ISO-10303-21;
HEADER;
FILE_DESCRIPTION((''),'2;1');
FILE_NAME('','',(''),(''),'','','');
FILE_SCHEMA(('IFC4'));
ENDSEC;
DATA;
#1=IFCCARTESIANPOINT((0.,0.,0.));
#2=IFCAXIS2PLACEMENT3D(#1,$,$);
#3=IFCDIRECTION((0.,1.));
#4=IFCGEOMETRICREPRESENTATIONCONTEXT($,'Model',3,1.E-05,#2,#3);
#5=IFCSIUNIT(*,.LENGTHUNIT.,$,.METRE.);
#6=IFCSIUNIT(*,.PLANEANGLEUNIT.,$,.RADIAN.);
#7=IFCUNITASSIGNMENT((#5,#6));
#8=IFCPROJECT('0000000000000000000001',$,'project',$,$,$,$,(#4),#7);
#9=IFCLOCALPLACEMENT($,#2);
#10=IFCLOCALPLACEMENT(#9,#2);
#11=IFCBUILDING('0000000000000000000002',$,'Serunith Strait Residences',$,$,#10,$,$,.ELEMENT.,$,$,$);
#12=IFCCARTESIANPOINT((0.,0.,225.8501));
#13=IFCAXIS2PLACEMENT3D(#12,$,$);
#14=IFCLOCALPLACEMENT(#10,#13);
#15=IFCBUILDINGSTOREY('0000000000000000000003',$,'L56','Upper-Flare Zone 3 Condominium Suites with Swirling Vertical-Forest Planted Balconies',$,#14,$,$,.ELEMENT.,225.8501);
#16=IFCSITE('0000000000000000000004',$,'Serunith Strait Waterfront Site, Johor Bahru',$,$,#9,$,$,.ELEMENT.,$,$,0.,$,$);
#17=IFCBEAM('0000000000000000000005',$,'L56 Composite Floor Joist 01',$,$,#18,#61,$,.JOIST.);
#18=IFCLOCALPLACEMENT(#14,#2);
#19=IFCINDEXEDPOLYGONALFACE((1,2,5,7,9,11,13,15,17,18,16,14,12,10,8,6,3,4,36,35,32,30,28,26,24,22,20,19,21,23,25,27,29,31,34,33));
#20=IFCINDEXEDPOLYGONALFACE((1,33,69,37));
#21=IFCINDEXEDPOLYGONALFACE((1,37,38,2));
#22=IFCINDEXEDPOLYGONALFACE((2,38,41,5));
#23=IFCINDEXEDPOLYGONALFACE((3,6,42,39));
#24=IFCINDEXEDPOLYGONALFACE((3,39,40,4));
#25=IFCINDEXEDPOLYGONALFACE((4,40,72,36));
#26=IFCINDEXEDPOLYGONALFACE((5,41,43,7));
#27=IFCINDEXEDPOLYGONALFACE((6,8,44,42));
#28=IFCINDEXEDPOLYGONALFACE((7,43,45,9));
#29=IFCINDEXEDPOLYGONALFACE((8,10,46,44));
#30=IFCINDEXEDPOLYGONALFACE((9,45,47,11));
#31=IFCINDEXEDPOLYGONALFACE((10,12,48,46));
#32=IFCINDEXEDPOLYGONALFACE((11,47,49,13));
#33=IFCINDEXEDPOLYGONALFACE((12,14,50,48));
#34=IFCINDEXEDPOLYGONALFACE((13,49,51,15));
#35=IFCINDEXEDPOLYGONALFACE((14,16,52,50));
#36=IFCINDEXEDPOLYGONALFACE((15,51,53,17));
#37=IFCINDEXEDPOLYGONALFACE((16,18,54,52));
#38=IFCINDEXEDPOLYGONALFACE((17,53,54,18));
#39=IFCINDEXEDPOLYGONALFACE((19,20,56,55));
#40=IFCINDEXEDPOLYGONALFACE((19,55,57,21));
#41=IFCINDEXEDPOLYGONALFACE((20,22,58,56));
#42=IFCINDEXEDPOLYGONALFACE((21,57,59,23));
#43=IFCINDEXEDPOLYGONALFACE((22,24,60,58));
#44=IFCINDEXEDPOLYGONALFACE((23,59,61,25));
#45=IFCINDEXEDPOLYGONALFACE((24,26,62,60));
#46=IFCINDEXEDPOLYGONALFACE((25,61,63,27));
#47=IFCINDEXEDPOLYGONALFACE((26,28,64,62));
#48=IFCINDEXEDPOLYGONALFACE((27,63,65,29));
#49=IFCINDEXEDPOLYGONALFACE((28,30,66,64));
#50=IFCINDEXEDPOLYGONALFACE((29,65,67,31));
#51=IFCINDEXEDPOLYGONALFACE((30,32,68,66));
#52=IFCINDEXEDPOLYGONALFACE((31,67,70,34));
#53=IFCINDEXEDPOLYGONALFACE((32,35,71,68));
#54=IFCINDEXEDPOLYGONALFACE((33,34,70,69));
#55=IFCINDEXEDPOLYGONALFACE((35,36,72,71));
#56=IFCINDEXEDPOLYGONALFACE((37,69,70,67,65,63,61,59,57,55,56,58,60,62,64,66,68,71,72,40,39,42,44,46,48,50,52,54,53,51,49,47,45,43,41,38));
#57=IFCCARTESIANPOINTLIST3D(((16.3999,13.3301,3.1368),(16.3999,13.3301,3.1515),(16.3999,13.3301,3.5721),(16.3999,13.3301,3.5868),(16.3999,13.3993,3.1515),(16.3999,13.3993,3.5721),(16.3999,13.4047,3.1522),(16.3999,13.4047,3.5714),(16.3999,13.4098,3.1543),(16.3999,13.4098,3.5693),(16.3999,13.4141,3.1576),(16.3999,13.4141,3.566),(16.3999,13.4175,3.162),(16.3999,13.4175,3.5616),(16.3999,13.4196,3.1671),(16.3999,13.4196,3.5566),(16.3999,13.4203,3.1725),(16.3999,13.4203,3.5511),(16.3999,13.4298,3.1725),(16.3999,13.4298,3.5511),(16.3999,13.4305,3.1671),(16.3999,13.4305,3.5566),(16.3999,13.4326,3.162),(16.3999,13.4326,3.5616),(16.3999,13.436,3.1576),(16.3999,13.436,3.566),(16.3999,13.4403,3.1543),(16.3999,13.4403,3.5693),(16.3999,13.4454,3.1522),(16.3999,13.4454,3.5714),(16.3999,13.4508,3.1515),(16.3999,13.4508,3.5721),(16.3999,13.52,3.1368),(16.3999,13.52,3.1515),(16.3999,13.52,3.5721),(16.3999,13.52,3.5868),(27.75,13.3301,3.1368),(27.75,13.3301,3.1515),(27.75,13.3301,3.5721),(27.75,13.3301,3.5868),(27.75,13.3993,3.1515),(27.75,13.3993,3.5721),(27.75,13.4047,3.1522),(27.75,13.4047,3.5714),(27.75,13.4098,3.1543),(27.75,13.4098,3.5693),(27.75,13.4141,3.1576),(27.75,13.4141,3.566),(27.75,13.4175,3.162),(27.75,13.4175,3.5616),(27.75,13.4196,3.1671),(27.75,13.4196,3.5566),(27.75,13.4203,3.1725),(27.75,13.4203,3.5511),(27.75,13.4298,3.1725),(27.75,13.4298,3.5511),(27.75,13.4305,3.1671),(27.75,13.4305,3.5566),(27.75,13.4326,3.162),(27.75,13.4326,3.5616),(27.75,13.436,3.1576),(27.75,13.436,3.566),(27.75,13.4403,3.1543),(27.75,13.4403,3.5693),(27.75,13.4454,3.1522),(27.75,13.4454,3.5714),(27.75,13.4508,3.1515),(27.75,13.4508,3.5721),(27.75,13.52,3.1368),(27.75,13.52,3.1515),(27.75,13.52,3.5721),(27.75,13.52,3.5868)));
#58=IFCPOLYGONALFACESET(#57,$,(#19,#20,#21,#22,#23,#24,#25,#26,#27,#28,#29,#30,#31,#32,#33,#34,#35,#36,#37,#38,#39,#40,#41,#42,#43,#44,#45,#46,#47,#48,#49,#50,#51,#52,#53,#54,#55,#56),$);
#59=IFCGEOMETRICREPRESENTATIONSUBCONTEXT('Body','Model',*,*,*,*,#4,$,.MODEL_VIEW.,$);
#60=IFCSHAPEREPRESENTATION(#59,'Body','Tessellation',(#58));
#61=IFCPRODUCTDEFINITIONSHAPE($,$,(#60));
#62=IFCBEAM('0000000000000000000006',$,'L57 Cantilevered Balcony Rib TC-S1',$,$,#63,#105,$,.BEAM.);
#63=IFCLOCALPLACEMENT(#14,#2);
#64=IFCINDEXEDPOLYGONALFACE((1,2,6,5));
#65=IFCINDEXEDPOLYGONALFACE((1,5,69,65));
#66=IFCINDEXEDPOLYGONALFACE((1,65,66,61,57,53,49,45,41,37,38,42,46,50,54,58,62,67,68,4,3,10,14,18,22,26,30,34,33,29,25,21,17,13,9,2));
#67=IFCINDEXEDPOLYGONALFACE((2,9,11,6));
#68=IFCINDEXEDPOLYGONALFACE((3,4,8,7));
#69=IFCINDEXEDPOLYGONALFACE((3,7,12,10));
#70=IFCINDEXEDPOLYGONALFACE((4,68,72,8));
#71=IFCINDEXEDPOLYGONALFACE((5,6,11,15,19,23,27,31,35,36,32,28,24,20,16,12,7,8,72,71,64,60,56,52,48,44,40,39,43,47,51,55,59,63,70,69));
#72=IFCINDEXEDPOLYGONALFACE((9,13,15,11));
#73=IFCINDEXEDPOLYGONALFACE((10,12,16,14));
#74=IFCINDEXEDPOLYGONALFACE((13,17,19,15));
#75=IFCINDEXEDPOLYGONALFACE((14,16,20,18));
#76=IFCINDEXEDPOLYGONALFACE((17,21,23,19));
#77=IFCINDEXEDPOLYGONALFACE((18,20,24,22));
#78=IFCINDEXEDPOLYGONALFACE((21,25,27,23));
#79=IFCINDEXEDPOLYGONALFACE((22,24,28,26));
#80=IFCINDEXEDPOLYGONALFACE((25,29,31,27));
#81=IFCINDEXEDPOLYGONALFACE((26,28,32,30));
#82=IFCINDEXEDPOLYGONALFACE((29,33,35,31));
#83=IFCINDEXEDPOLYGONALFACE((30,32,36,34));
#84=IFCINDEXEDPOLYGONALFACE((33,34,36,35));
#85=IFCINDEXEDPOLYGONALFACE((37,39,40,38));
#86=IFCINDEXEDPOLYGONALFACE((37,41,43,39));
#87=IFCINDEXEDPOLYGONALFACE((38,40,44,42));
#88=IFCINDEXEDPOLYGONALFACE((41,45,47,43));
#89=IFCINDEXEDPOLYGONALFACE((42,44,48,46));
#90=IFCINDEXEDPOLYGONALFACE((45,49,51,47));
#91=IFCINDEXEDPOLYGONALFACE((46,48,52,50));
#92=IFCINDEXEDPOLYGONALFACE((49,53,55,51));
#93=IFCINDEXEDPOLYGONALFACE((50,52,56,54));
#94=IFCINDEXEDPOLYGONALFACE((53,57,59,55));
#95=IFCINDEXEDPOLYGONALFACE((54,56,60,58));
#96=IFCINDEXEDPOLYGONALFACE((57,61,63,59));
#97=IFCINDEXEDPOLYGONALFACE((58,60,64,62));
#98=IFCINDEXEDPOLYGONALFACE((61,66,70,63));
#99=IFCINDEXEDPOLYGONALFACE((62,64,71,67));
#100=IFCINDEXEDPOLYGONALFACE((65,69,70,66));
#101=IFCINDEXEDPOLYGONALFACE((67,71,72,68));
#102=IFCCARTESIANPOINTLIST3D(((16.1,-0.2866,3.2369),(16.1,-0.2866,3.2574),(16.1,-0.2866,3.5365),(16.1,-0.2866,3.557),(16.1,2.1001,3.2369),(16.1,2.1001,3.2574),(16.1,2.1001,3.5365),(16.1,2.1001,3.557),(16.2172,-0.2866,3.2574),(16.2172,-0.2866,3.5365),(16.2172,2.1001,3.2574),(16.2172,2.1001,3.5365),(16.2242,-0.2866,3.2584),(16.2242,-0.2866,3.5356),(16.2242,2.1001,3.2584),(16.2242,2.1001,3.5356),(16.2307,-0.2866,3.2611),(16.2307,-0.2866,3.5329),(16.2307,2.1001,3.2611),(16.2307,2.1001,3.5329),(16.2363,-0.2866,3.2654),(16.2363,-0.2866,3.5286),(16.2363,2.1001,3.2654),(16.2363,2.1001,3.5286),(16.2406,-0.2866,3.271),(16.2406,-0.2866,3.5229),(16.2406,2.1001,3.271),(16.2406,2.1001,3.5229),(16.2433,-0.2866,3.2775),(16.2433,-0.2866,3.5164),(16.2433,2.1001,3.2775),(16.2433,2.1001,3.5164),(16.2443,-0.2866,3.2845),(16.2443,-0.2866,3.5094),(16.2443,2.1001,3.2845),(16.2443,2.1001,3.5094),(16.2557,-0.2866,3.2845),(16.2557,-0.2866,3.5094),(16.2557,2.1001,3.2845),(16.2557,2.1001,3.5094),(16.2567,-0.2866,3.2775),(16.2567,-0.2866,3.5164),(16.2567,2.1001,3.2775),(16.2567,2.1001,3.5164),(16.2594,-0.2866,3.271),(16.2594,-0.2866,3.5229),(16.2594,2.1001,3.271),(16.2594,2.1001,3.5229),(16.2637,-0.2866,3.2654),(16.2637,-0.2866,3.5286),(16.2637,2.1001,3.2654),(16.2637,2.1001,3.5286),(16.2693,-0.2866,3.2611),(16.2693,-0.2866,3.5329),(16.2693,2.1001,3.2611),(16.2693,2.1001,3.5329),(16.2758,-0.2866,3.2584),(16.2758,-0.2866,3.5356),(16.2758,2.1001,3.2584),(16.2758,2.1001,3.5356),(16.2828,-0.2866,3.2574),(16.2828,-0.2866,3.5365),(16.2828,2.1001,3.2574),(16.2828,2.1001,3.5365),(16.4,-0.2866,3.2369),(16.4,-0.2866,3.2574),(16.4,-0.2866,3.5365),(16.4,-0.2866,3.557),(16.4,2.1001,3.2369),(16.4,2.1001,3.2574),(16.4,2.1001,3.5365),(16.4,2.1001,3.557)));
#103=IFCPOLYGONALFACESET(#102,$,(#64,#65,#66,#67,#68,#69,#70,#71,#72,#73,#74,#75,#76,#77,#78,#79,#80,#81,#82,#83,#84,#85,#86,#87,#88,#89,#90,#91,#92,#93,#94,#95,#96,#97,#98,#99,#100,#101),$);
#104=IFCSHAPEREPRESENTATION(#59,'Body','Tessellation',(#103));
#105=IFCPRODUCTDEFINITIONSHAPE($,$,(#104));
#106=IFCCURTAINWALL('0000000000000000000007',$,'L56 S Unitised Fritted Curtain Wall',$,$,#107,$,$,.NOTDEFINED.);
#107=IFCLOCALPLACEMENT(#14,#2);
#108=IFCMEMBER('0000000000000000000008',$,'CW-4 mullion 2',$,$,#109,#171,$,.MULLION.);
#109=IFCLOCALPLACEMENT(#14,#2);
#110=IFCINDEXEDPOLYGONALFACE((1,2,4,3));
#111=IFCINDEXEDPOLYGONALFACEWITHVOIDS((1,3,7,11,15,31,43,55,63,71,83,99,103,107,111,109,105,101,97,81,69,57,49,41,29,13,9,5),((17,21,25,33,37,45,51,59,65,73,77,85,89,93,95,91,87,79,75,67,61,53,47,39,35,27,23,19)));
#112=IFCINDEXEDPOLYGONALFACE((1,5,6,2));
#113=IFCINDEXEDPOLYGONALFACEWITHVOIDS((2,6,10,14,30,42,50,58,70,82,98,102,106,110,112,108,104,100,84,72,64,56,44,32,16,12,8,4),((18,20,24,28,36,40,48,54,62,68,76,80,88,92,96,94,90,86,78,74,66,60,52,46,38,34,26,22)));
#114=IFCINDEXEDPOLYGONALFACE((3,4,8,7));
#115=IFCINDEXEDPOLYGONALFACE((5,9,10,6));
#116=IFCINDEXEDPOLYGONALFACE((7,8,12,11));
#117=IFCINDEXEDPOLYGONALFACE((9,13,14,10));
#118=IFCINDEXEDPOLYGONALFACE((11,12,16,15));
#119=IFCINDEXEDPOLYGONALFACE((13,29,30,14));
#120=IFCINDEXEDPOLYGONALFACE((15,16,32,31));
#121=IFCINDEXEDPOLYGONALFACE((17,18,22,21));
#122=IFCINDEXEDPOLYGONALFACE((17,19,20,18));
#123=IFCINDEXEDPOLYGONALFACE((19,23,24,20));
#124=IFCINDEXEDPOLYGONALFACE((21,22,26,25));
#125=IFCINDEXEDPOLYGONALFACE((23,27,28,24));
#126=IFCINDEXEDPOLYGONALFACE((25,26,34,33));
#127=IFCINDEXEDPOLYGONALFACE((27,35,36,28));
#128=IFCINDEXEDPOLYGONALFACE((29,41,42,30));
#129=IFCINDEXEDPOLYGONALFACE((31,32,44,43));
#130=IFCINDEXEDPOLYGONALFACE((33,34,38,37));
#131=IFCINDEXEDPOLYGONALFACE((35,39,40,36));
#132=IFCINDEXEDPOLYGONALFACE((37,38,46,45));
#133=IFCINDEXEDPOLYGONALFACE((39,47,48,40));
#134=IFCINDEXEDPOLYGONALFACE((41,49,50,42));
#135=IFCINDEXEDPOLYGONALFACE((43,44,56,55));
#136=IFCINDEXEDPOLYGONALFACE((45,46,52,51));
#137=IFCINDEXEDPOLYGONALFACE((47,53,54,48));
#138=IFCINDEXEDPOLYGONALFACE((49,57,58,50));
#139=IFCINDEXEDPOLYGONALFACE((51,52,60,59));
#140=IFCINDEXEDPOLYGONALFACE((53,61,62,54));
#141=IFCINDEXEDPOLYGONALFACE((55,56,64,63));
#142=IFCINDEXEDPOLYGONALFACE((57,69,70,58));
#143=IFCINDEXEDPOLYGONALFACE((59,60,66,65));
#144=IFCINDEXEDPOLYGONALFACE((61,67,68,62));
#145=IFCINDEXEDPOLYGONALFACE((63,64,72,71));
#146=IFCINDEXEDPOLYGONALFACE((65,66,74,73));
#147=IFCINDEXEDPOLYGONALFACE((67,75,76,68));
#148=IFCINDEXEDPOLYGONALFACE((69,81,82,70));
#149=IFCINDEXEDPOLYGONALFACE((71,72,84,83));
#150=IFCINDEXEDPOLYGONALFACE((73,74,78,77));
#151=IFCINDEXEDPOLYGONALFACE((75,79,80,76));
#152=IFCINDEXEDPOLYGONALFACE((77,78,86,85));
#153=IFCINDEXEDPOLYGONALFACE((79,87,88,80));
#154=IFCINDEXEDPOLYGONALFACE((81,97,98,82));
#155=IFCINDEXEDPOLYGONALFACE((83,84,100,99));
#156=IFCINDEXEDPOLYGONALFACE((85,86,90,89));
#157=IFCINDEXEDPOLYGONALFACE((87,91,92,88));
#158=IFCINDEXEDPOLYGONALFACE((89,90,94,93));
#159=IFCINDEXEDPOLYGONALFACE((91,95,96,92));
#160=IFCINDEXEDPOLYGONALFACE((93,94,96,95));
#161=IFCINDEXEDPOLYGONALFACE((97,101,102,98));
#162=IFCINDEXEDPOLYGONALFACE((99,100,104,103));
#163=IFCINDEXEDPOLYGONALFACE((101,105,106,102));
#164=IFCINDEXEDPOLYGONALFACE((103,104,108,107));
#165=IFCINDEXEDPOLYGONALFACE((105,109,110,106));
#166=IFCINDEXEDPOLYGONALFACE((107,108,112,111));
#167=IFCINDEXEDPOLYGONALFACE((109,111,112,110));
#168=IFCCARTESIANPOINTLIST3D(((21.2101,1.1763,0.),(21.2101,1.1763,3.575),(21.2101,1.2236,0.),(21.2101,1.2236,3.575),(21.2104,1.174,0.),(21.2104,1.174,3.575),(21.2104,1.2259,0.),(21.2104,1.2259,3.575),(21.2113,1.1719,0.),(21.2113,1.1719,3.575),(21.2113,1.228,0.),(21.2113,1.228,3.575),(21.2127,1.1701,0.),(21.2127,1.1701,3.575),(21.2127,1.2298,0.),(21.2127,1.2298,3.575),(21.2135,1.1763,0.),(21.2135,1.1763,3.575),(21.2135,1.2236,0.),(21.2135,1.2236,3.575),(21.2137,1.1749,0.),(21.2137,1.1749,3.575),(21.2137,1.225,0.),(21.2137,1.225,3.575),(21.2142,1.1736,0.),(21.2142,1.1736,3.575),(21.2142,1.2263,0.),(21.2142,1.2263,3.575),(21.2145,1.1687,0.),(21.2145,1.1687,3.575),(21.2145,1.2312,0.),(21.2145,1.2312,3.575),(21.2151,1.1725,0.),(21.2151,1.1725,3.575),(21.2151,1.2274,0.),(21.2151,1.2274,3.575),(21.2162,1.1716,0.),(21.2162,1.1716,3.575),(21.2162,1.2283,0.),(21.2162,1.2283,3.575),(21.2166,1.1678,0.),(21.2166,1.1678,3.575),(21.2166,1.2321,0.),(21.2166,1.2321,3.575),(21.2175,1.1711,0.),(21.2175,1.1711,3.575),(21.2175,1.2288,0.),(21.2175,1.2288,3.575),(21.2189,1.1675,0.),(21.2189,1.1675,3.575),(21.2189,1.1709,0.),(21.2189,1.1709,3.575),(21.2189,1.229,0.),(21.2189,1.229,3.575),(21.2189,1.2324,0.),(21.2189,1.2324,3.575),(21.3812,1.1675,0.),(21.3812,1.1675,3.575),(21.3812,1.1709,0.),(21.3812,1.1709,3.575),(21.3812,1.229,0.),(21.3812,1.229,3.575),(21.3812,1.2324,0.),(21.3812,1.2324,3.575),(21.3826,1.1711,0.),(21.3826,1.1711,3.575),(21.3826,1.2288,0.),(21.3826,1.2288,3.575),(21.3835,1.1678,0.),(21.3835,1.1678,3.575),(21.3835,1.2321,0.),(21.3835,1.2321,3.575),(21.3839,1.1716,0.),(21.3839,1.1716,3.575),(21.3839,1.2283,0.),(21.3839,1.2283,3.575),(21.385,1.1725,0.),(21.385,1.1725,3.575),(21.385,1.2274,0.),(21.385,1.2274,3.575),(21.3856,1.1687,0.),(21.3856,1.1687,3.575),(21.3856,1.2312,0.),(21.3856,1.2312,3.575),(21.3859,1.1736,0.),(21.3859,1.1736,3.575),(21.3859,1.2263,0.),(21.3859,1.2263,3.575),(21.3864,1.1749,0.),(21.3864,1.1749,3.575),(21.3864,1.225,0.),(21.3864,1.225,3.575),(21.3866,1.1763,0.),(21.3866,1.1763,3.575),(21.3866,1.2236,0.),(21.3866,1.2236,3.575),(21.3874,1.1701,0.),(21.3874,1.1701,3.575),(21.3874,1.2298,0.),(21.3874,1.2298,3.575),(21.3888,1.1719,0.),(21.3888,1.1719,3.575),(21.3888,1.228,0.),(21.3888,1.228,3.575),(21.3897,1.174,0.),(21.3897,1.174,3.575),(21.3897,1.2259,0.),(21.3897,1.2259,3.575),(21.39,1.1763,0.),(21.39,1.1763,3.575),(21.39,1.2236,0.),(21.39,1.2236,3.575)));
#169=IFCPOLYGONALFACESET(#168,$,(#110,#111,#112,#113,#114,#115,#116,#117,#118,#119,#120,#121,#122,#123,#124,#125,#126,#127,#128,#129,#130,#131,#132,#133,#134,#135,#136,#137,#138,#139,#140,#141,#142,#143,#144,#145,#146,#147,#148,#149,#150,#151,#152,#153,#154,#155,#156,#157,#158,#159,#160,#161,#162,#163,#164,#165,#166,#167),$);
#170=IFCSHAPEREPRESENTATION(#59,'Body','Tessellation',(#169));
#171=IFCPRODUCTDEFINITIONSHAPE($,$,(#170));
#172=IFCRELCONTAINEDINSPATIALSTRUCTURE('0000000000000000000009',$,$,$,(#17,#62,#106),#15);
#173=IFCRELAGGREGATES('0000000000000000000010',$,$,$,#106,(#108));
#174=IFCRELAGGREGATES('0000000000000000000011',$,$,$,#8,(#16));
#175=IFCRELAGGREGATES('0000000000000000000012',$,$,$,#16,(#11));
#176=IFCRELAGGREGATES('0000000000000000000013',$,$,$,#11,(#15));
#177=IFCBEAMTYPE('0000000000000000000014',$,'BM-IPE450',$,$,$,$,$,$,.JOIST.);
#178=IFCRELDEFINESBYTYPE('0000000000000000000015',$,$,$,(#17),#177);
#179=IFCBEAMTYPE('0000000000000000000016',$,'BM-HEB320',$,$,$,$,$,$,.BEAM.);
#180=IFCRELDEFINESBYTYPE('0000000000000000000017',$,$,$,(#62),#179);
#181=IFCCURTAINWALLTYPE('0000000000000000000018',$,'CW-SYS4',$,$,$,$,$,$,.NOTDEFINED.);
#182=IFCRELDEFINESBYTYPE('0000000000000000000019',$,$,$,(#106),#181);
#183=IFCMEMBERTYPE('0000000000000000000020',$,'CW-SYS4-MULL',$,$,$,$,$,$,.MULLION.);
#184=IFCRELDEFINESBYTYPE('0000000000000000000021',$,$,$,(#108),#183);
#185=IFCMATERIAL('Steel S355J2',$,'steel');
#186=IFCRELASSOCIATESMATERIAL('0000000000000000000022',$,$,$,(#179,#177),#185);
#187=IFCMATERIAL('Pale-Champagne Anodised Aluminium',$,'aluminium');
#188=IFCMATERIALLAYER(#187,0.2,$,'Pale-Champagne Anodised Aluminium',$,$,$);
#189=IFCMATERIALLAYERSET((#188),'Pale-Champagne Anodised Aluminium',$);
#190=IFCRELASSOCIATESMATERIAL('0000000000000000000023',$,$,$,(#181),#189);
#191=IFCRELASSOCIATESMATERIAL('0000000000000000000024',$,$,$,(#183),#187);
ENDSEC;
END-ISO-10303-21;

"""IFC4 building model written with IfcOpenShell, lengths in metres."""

from ifc_helpers import new_model, si_unit, direction, frame, origin, origin_2d, place, context, subcontext, project, spatial, hollow_rectangle, i_section, extrude, source, transform, mapped, material, layer, layer_set, material_profile, profile_set, type_object, element, aggregate, save


model = new_model("IFC4")

# Units and contexts
model_context = context("Model", 3, precision=1e-05, world=origin(), true_north=direction((0.0, 1.0)))
body_context = subcontext(model_context, "Body", "Model", "MODEL_VIEW")
ifc_project = project(units=[si_unit("LENGTHUNIT", "METRE"), si_unit("PLANEANGLEUNIT", "RADIAN")], contexts=[model_context])

# Site, building, storey
site_placement = place(None, origin())
site = spatial("IfcSite", under=ifc_project, at=site_placement, Name="Serunith Strait Waterfront Site, Johor Bahru", CompositionType="ELEMENT", RefElevation=0.0)
building_placement = place(site_placement, origin())
building = spatial("IfcBuilding", under=site, at=building_placement, Name="Serunith Strait Residences", CompositionType="ELEMENT")
storey_placement = place(building_placement, frame((0.0, 0.0, 225.8501)))
storey = spatial("IfcBuildingStorey", under=building, at=storey_placement, Name="L56", Description="Upper-Flare Zone 3 Condominium Suites with Swirling Vertical-Forest Planted Balconies", CompositionType="ELEMENT", Elevation=225.8501)

# Beams
ifc_material_1 = material(Name="Steel S355J2", Category="steel")
ifc_material_profile_1 = material_profile(ifc_material_1, i_section(OverallWidth=0.3, OverallDepth=0.3201, WebThickness=0.0115, FlangeThickness=0.0205, FilletRadius=0.0271, at=origin_2d()), Name="HEB 320")
ifc_profile_set_1 = profile_set([ifc_material_profile_1], Name="Steel S355J2")
beam_type_1 = type_object("IfcBeamType", Name="BM-HEB320", PredefinedType="BEAM", material=ifc_profile_set_1)
ifc_material_profile_2 = material_profile(ifc_material_1, i_section(OverallWidth=0.1899, OverallDepth=0.45, WebThickness=0.0095, FlangeThickness=0.0146, FilletRadius=0.021, at=origin_2d()), Name="IPE 450")
ifc_profile_set_2 = profile_set([ifc_material_profile_2], Name="Steel S355J2")
beam_type_2 = type_object("IfcBeamType", Name="BM-IPE450", PredefinedType="JOIST", material=ifc_profile_set_2)
shared_shape_1 = source(origin(), body_context, "Body", "SweptSolid", [
    extrude(i_section(OverallWidth=0.1899, OverallDepth=0.45, WebThickness=0.0095, FlangeThickness=0.0146, FilletRadius=0.021, at=origin_2d()), origin(), (0.0, 0.0, 1.0), 11.3501),
])
beam_1_placement = place(storey_placement, frame((16.3999, 13.425, 3.3618), z_axis=(1.0, 0.0, 0.0), x_axis=(0.0, 1.0, 0.0)))
element("IfcBeam", 1, at=beam_1_placement, inside=storey, type_object=beam_type_2, Name="L56 Composite Floor Joist 01", PredefinedType="JOIST", context=body_context, shape_type="MappedRepresentation", body=[
    mapped(shared_shape_1, transform((0.0, 0.0, 0.0), scale=1.0)),
])
shared_shape_2 = source(origin(), body_context, "Body", "SweptSolid", [
    extrude(i_section(OverallWidth=0.3, OverallDepth=0.3201, WebThickness=0.0115, FlangeThickness=0.0205, FilletRadius=0.0271, at=origin_2d()), origin(), (0.0, 0.0, 1.0), 2.3867),
])
beam_2_placement = place(storey_placement, frame((16.25, 2.1001, 3.397), z_axis=(0.0, -1.0, 0.0), x_axis=(1.0, 0.0, 0.0)))
element("IfcBeam", 2, at=beam_2_placement, inside=storey, type_object=beam_type_1, Name="L57 Cantilevered Balcony Rib TC-S1", PredefinedType="BEAM", context=body_context, shape_type="MappedRepresentation", body=[
    mapped(shared_shape_2, transform((0.0, 0.0, 0.0), scale=1.0)),
])

# Curtain wall, member
ifc_material_2 = material(Name="Pale-Champagne Anodised Aluminium", Category="aluminium")
ifc_layer_1 = layer(ifc_material_2, 0.2, Name="Pale-Champagne Anodised Aluminium")
ifc_layer_set_1 = layer_set([ifc_layer_1], Name="Pale-Champagne Anodised Aluminium")
curtain_wall_type = type_object("IfcCurtainWallType", Name="CW-SYS4", PredefinedType="NOTDEFINED", material=ifc_layer_set_1)
curtain_wall_placement = place(storey_placement, origin())
curtain_wall = element("IfcCurtainWall", 3, at=curtain_wall_placement, inside=storey, type_object=curtain_wall_type, Name="L56 S Unitised Fritted Curtain Wall", PredefinedType="NOTDEFINED")
ifc_material_profile_3 = material_profile(ifc_material_2, hollow_rectangle(XDim=0.0649, YDim=0.1799, WallThickness=0.0034, InnerFilletRadius=0.0054, OuterFilletRadius=0.0088, at=origin_2d()), Name="ALU 180x65x3.5")
ifc_profile_set_3 = profile_set([ifc_material_profile_3], Name="Pale-Champagne Anodised Aluminium")
member_type_1 = type_object("IfcMemberType", Name="CW-SYS4-MULL", PredefinedType="MULLION", material=ifc_profile_set_3)
shared_shape_3 = source(origin(), body_context, "Body", "SweptSolid", [
    extrude(hollow_rectangle(XDim=0.0649, YDim=0.1799, WallThickness=0.0034, InnerFilletRadius=0.0054, OuterFilletRadius=0.0088, at=origin_2d()), origin(), (0.0, 0.0, 1.0), 3.575),
])
member_1_placement = place(storey_placement, frame((21.3, 1.2, 0.0), z_axis=(0.0, 0.0, 1.0), x_axis=(0.0, 1.0, 0.0)))
member_1 = element("IfcMember", 4, at=member_1_placement, type_object=member_type_1, Name="CW-4 mullion 2", PredefinedType="MULLION", context=body_context, shape_type="MappedRepresentation", body=[
    mapped(shared_shape_3, transform((0.0, 0.0, 0.0), scale=1.0)),
])
aggregate(curtain_wall, [member_1])

save(model, "model.ifc")
